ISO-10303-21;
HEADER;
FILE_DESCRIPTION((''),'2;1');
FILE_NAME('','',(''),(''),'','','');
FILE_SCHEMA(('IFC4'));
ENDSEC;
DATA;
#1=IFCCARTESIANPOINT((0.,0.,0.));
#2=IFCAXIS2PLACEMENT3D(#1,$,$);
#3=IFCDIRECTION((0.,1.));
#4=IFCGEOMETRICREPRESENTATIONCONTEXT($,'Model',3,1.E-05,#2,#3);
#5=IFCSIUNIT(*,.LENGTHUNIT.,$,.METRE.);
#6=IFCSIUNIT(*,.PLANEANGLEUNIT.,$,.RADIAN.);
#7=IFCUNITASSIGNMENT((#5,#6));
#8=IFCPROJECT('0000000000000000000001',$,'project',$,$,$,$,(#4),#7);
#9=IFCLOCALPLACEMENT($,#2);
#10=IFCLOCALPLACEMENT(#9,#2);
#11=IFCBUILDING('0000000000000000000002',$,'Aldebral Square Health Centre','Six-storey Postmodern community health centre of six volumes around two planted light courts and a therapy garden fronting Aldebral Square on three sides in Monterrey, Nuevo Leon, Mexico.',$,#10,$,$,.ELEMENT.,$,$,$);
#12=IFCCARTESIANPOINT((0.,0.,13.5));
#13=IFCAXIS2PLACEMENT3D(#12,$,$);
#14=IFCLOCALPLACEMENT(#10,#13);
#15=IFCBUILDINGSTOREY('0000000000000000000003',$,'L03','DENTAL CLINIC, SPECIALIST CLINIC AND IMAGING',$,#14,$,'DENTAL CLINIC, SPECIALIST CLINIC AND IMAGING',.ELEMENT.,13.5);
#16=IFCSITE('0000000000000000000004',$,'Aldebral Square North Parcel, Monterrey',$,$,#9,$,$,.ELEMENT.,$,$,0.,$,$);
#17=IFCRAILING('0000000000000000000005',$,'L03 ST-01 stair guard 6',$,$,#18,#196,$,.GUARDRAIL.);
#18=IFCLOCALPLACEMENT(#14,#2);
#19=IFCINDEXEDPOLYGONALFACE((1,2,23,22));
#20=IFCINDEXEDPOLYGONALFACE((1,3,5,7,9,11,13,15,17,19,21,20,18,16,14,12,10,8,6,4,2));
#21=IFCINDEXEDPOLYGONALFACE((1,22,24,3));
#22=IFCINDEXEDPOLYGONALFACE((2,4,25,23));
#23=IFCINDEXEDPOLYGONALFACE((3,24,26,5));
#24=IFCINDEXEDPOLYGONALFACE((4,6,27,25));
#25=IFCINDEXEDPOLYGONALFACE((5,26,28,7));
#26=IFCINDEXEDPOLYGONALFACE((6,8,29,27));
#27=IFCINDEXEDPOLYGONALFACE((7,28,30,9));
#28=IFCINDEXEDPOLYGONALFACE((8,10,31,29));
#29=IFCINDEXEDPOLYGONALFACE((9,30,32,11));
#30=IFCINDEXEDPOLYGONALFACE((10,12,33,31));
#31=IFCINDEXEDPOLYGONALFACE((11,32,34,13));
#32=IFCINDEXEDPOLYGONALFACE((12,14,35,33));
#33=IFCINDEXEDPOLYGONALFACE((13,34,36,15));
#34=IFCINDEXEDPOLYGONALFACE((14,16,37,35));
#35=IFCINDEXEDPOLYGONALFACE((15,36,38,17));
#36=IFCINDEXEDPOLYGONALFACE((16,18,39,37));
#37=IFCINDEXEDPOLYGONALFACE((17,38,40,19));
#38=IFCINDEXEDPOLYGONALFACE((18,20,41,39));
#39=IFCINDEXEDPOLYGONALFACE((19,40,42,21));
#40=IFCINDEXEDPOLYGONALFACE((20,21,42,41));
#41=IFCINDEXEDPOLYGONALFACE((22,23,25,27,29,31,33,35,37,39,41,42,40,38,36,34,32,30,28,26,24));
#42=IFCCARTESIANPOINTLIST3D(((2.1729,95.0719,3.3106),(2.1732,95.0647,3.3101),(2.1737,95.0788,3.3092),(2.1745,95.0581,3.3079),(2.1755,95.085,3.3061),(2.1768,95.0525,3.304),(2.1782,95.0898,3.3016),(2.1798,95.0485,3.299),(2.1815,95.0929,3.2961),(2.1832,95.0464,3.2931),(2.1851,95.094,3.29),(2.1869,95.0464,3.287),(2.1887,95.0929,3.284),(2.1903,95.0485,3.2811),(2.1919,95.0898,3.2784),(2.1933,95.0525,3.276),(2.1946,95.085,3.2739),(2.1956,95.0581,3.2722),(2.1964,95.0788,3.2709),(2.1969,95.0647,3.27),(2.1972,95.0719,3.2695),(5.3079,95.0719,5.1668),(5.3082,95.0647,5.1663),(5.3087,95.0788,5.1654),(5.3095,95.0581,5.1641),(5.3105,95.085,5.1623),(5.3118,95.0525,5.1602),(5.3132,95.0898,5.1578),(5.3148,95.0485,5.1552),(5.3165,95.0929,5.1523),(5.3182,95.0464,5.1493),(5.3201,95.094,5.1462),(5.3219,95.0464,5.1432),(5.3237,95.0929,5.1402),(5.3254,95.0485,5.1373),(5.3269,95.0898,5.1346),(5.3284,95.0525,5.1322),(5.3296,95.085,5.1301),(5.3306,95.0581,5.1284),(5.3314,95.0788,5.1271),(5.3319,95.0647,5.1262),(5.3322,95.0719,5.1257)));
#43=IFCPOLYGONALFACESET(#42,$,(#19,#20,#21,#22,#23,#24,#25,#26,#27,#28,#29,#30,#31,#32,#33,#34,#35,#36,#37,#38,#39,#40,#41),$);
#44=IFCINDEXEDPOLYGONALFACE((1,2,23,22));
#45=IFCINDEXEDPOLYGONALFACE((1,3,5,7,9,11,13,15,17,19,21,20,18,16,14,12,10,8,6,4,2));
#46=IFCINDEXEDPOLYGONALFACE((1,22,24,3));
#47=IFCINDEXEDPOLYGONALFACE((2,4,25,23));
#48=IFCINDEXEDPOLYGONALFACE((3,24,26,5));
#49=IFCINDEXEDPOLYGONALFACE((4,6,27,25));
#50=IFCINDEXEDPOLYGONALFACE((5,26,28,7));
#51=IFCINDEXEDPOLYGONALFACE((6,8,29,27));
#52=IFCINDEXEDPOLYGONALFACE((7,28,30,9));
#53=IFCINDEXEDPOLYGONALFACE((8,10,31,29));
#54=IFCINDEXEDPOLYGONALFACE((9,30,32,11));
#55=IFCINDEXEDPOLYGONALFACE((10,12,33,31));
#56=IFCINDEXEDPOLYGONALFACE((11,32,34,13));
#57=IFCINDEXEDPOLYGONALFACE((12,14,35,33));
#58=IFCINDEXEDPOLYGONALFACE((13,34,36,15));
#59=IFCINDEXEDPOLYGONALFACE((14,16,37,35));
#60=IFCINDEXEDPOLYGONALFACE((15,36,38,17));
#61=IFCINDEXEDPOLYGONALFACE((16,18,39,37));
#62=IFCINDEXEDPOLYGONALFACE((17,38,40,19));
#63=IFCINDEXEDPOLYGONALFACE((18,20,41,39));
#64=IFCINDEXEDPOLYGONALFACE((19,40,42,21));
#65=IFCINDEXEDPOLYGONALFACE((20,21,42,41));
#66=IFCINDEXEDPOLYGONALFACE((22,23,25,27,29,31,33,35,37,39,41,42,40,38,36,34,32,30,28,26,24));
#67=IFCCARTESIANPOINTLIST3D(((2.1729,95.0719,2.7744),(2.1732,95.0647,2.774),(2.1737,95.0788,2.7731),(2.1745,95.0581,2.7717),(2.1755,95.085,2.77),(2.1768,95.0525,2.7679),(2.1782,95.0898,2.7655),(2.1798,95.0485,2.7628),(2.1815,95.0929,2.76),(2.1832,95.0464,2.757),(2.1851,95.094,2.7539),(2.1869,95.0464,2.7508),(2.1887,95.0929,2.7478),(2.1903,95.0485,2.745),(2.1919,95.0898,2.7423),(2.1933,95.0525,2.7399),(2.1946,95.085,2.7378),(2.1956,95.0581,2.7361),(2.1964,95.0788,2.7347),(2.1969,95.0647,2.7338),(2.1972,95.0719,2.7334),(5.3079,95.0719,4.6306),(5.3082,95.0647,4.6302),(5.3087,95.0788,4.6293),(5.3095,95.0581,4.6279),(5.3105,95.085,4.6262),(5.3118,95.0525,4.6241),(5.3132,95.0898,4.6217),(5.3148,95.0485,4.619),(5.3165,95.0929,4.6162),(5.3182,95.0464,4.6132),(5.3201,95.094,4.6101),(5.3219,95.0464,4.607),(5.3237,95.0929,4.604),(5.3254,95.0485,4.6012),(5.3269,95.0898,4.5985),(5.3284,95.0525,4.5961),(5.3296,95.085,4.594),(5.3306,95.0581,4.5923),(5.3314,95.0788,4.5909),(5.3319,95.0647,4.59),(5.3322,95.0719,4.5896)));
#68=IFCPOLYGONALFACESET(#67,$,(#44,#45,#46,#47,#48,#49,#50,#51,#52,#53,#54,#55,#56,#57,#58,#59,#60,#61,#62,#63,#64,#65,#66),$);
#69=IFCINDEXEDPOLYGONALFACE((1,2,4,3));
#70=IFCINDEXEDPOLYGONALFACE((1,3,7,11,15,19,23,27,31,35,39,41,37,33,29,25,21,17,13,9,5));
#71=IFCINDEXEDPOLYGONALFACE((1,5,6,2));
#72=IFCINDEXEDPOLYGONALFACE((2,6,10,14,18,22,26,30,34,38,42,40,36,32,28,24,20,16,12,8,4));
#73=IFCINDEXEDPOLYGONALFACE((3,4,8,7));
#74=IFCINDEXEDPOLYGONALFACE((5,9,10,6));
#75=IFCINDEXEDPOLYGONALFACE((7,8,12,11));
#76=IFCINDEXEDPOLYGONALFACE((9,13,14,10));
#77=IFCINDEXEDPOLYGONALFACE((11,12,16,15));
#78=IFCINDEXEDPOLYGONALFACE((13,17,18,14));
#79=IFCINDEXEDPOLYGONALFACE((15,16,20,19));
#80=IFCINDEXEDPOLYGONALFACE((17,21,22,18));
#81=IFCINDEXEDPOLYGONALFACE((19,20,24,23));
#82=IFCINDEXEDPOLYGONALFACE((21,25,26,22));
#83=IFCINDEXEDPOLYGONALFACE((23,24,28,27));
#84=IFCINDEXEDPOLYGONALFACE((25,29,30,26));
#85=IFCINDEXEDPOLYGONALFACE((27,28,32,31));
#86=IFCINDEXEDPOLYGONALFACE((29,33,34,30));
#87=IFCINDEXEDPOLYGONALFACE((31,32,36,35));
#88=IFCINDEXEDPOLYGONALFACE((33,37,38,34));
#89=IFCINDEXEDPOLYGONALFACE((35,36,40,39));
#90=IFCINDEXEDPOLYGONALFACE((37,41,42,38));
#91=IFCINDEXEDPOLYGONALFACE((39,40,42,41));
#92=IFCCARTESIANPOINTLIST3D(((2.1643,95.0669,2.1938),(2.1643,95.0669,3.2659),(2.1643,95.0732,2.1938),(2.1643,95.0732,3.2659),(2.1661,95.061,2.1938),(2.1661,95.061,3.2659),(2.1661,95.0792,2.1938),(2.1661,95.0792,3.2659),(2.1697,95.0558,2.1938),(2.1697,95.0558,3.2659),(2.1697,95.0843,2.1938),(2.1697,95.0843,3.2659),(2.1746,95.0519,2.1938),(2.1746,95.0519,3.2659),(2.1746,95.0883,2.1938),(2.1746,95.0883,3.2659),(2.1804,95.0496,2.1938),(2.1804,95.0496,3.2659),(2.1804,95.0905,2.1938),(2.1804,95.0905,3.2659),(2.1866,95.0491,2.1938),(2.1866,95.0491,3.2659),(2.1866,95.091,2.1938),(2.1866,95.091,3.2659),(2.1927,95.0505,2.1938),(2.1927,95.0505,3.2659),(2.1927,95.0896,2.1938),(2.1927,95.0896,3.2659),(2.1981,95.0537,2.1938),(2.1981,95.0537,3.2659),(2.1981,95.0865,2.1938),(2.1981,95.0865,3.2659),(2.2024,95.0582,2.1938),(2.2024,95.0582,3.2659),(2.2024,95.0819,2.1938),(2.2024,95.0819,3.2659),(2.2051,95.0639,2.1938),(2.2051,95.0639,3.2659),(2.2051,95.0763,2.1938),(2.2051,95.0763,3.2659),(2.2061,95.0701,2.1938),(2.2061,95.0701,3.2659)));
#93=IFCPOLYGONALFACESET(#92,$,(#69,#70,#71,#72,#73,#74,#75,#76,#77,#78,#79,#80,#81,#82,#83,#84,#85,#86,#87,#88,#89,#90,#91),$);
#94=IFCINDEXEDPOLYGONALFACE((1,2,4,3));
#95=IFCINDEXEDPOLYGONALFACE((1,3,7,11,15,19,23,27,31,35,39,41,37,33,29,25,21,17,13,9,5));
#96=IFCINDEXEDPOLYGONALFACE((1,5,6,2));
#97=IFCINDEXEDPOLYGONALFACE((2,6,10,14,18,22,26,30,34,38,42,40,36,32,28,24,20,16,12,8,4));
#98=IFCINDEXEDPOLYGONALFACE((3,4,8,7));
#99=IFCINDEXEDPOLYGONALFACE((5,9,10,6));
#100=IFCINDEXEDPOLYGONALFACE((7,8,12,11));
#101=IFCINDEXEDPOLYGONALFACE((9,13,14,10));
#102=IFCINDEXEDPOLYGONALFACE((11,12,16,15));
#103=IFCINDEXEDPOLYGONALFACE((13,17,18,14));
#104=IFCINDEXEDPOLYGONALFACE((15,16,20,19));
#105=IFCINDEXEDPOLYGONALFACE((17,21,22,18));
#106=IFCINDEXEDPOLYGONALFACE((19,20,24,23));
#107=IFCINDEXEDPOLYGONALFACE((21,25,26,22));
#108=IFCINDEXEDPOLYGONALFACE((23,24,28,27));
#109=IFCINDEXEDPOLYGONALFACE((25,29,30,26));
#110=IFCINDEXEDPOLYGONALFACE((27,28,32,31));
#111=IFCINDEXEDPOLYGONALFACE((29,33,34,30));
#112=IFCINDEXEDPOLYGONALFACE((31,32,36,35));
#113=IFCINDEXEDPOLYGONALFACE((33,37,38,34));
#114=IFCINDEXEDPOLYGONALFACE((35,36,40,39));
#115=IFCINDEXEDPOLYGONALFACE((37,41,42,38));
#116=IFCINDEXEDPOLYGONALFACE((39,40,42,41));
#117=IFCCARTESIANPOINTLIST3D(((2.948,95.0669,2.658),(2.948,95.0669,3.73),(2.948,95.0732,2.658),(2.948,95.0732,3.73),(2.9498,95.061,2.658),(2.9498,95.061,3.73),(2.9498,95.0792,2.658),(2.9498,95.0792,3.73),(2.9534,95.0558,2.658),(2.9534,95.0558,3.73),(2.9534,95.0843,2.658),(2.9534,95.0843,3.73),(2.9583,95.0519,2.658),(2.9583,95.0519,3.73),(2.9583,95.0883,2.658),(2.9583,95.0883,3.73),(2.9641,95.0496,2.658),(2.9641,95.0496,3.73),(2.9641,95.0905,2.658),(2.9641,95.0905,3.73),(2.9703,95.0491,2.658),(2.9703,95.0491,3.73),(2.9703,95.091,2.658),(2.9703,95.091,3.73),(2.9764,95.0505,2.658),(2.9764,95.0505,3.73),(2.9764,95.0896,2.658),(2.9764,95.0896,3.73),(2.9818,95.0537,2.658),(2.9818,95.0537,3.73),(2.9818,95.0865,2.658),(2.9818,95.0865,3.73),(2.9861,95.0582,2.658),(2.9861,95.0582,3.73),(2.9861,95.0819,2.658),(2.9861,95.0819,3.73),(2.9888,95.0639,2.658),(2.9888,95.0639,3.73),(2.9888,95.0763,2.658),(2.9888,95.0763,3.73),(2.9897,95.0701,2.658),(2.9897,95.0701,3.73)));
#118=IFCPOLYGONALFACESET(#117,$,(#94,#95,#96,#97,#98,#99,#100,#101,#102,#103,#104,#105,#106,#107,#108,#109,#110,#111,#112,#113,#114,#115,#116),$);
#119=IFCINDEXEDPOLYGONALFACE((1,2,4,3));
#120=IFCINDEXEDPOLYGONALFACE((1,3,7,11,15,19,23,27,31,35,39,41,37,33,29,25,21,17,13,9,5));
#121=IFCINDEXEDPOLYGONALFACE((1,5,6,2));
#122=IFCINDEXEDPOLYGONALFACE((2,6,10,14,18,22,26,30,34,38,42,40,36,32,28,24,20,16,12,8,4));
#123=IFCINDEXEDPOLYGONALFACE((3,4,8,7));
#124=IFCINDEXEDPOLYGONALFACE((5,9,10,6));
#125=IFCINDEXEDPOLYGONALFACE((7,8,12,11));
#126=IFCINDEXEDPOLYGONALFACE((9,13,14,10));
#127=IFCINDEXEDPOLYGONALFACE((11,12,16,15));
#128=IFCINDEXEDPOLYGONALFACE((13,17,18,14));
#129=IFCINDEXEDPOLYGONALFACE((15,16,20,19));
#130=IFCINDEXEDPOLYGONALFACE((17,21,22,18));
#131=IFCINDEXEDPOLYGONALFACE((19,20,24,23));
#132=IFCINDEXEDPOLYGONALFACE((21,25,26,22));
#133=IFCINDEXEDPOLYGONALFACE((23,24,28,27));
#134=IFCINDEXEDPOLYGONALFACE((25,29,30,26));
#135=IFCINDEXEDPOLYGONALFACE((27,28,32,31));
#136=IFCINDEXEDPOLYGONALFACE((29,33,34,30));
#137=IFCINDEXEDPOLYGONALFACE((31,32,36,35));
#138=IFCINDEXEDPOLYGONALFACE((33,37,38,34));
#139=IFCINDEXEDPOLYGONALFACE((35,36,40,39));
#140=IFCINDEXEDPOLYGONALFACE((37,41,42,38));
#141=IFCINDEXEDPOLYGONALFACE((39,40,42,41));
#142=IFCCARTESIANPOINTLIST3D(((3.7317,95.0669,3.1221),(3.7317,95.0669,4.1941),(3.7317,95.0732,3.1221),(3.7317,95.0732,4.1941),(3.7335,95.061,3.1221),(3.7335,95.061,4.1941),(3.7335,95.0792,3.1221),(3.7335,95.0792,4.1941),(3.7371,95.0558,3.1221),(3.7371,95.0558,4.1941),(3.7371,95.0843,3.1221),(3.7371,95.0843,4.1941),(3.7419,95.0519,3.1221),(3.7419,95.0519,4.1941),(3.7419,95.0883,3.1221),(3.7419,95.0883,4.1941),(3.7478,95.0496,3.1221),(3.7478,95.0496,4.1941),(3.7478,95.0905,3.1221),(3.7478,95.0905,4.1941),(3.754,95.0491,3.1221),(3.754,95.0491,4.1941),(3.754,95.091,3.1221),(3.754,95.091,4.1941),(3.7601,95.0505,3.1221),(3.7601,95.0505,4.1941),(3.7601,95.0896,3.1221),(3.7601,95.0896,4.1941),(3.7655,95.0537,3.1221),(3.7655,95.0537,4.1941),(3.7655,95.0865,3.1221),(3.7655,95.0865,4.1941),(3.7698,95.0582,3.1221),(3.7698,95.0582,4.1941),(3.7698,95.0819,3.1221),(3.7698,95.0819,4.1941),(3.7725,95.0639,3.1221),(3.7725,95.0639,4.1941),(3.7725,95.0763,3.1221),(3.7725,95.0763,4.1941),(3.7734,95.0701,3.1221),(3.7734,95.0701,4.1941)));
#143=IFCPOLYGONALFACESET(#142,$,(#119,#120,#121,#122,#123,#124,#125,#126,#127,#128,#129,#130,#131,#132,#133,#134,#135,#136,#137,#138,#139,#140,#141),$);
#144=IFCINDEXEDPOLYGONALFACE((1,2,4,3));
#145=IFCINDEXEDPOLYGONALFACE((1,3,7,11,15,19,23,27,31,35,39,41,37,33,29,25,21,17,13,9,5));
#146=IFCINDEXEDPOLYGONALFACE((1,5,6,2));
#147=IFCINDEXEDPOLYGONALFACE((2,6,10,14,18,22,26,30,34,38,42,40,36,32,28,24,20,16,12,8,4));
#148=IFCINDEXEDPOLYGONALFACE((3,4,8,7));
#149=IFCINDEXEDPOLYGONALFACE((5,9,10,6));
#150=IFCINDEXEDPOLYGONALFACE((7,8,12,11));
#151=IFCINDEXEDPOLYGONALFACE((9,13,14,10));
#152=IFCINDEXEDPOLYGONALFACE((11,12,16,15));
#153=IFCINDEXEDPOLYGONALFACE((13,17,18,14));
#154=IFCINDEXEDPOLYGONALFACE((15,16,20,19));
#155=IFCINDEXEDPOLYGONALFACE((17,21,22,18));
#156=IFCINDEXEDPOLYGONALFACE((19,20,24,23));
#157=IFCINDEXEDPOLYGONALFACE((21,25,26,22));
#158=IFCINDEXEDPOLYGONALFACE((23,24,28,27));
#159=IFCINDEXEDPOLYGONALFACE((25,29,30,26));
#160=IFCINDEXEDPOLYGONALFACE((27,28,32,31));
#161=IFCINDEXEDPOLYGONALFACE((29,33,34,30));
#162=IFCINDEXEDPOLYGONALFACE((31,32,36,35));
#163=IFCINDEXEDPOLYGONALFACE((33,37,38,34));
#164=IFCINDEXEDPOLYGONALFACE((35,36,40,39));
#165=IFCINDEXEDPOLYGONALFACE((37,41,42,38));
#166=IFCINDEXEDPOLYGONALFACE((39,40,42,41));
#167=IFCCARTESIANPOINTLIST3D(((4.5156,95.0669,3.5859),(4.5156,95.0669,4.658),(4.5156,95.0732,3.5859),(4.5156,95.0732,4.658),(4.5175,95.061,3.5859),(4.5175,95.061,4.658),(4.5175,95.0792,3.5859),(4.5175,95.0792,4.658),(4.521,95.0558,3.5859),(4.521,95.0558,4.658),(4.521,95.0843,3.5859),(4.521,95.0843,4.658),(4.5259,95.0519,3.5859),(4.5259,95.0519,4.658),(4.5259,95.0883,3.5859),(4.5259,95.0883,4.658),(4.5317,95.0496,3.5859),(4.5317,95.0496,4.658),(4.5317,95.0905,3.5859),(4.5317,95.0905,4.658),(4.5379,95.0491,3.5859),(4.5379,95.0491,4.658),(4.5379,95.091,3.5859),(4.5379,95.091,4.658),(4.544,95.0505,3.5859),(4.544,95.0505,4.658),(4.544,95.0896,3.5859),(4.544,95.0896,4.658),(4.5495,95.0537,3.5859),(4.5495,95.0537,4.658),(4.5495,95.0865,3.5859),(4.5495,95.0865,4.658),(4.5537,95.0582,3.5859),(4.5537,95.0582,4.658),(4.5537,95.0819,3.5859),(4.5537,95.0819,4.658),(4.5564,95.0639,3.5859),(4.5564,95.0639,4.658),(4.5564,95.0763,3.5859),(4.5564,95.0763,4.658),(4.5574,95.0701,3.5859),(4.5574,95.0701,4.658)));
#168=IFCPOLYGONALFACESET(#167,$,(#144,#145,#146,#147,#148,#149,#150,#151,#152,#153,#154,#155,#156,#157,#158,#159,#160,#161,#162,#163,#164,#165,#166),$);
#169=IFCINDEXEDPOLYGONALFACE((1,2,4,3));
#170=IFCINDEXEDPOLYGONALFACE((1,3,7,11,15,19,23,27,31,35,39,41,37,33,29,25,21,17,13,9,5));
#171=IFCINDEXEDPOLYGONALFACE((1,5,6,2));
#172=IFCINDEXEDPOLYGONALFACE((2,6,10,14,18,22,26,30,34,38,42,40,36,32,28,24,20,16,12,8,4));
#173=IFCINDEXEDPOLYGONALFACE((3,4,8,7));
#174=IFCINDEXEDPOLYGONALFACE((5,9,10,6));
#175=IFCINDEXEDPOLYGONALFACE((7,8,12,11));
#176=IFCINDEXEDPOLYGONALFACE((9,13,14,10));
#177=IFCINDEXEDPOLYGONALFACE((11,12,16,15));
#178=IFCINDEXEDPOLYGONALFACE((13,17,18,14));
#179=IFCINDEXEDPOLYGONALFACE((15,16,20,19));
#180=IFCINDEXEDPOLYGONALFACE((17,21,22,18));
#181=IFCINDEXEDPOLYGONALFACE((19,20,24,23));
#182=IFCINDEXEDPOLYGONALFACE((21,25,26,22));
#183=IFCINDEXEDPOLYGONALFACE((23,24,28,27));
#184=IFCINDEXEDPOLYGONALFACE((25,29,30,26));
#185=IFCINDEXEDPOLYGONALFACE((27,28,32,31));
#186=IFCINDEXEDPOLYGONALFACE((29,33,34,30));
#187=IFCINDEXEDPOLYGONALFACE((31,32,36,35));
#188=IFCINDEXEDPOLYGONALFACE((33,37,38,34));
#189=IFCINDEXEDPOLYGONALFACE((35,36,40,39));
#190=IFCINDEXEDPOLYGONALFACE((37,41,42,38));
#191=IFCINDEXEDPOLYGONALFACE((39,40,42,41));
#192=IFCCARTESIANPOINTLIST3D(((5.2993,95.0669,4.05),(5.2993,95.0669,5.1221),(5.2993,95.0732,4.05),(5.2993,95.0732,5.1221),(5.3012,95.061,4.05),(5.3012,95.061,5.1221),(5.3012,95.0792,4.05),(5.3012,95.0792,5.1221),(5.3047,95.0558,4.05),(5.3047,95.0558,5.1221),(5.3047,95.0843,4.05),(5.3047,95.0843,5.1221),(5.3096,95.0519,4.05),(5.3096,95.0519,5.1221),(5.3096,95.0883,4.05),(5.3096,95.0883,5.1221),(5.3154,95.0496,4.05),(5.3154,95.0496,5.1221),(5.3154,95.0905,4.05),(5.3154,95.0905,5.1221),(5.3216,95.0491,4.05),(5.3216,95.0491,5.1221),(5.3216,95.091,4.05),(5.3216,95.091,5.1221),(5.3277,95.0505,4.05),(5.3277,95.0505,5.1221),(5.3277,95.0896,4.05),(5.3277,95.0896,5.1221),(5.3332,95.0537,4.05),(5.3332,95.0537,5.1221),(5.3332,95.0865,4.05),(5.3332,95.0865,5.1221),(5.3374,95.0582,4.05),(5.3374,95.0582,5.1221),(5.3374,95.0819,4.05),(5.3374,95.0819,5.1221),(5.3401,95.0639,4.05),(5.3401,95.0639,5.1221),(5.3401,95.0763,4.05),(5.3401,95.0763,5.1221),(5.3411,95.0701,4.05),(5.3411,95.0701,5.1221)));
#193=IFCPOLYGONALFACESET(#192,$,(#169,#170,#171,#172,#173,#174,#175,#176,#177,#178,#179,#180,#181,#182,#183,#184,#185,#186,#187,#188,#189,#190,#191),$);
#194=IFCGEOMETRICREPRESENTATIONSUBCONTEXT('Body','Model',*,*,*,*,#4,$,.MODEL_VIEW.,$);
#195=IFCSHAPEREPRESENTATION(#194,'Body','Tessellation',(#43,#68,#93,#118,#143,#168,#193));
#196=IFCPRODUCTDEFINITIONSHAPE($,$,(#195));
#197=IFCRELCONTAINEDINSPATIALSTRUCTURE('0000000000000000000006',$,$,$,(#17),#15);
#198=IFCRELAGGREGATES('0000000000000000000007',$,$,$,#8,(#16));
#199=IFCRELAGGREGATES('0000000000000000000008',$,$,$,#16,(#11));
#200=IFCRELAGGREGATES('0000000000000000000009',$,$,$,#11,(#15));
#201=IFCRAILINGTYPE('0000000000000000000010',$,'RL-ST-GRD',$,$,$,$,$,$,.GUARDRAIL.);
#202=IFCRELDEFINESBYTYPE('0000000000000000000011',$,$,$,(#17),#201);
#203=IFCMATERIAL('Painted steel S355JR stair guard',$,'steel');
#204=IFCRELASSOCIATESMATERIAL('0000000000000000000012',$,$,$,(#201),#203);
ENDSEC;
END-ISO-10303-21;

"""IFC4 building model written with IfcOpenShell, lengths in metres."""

from ifc_helpers import new_model, si_unit, direction, frame, origin, origin_2d, place, context, subcontext, project, spatial, circle, extrude, material, type_object, element, save


model = new_model("IFC4")

# Units and contexts
model_context = context("Model", 3, precision=1e-05, world=origin(), true_north=direction((0.0, 1.0)))
body_context = subcontext(model_context, "Body", "Model", "MODEL_VIEW")
ifc_project = project(units=[si_unit("LENGTHUNIT", "METRE"), si_unit("PLANEANGLEUNIT", "RADIAN")], contexts=[model_context])

# Site, building, storey
site_placement = place(None, origin())
site = spatial("IfcSite", under=ifc_project, at=site_placement, Name="Aldebral Square North Parcel, Monterrey", CompositionType="ELEMENT", RefElevation=0.0)
building_placement = place(site_placement, origin())
building = spatial("IfcBuilding", under=site, at=building_placement, Name="Aldebral Square Health Centre", Description="Six-storey Postmodern community health centre of six volumes around two planted light courts and a therapy garden fronting Aldebral Square on three sides in Monterrey, Nuevo Leon, Mexico.", CompositionType="ELEMENT")
storey_placement = place(building_placement, frame((0.0, 0.0, 13.5)))
storey = spatial("IfcBuildingStorey", under=building, at=storey_placement, Name="L03", Description="DENTAL CLINIC, SPECIALIST CLINIC AND IMAGING", LongName="DENTAL CLINIC, SPECIALIST CLINIC AND IMAGING", CompositionType="ELEMENT", Elevation=13.5)

# Railing
ifc_material_1 = material(Name="Painted steel S355JR stair guard", Category="steel")
railing_type_1 = type_object("IfcRailingType", Name="RL-ST-GRD", PredefinedType="GUARDRAIL", material=ifc_material_1)
railing_1_placement = place(storey_placement, frame((2.1851, 95.0701, 2.1938)))
element("IfcRailing", 1, at=railing_1_placement, inside=storey, type_object=railing_type_1, Name="L03 ST-01 stair guard 6", PredefinedType="GUARDRAIL", context=body_context, shape_type="SweptSolid", body=[
    extrude(circle(Radius=0.0239, at=origin_2d()), frame((0.0, 0.0, 1.0962), z_axis=(0.860482, 0.0, 0.509481), x_axis=(0.0, 1.0, 0.0)), (0.0, 0.0, 1.0), 3.6433),
    extrude(circle(Radius=0.0239, at=origin_2d()), frame((0.0, 0.0, 0.5601), z_axis=(0.860482, 0.0, 0.509481), x_axis=(0.0, 1.0, 0.0)), (0.0, 0.0, 1.0), 3.6433),
    extrude(circle(Radius=0.021, at=origin_2d()), origin(), (0.0, 0.0, 1.0), 1.072),
    extrude(circle(Radius=0.021, at=origin_2d()), frame((0.7837, 0.0, 0.4641)), (0.0, 0.0, 1.0), 1.072),
    extrude(circle(Radius=0.021, at=origin_2d()), frame((1.5674, 0.0, 0.9282)), (0.0, 0.0, 1.0), 1.072),
    extrude(circle(Radius=0.021, at=origin_2d()), frame((2.3513, 0.0, 1.3921)), (0.0, 0.0, 1.0), 1.072),
    extrude(circle(Radius=0.021, at=origin_2d()), frame((3.135, 0.0, 1.8562)), (0.0, 0.0, 1.0), 1.072),
])

save(model, "model.ifc")
